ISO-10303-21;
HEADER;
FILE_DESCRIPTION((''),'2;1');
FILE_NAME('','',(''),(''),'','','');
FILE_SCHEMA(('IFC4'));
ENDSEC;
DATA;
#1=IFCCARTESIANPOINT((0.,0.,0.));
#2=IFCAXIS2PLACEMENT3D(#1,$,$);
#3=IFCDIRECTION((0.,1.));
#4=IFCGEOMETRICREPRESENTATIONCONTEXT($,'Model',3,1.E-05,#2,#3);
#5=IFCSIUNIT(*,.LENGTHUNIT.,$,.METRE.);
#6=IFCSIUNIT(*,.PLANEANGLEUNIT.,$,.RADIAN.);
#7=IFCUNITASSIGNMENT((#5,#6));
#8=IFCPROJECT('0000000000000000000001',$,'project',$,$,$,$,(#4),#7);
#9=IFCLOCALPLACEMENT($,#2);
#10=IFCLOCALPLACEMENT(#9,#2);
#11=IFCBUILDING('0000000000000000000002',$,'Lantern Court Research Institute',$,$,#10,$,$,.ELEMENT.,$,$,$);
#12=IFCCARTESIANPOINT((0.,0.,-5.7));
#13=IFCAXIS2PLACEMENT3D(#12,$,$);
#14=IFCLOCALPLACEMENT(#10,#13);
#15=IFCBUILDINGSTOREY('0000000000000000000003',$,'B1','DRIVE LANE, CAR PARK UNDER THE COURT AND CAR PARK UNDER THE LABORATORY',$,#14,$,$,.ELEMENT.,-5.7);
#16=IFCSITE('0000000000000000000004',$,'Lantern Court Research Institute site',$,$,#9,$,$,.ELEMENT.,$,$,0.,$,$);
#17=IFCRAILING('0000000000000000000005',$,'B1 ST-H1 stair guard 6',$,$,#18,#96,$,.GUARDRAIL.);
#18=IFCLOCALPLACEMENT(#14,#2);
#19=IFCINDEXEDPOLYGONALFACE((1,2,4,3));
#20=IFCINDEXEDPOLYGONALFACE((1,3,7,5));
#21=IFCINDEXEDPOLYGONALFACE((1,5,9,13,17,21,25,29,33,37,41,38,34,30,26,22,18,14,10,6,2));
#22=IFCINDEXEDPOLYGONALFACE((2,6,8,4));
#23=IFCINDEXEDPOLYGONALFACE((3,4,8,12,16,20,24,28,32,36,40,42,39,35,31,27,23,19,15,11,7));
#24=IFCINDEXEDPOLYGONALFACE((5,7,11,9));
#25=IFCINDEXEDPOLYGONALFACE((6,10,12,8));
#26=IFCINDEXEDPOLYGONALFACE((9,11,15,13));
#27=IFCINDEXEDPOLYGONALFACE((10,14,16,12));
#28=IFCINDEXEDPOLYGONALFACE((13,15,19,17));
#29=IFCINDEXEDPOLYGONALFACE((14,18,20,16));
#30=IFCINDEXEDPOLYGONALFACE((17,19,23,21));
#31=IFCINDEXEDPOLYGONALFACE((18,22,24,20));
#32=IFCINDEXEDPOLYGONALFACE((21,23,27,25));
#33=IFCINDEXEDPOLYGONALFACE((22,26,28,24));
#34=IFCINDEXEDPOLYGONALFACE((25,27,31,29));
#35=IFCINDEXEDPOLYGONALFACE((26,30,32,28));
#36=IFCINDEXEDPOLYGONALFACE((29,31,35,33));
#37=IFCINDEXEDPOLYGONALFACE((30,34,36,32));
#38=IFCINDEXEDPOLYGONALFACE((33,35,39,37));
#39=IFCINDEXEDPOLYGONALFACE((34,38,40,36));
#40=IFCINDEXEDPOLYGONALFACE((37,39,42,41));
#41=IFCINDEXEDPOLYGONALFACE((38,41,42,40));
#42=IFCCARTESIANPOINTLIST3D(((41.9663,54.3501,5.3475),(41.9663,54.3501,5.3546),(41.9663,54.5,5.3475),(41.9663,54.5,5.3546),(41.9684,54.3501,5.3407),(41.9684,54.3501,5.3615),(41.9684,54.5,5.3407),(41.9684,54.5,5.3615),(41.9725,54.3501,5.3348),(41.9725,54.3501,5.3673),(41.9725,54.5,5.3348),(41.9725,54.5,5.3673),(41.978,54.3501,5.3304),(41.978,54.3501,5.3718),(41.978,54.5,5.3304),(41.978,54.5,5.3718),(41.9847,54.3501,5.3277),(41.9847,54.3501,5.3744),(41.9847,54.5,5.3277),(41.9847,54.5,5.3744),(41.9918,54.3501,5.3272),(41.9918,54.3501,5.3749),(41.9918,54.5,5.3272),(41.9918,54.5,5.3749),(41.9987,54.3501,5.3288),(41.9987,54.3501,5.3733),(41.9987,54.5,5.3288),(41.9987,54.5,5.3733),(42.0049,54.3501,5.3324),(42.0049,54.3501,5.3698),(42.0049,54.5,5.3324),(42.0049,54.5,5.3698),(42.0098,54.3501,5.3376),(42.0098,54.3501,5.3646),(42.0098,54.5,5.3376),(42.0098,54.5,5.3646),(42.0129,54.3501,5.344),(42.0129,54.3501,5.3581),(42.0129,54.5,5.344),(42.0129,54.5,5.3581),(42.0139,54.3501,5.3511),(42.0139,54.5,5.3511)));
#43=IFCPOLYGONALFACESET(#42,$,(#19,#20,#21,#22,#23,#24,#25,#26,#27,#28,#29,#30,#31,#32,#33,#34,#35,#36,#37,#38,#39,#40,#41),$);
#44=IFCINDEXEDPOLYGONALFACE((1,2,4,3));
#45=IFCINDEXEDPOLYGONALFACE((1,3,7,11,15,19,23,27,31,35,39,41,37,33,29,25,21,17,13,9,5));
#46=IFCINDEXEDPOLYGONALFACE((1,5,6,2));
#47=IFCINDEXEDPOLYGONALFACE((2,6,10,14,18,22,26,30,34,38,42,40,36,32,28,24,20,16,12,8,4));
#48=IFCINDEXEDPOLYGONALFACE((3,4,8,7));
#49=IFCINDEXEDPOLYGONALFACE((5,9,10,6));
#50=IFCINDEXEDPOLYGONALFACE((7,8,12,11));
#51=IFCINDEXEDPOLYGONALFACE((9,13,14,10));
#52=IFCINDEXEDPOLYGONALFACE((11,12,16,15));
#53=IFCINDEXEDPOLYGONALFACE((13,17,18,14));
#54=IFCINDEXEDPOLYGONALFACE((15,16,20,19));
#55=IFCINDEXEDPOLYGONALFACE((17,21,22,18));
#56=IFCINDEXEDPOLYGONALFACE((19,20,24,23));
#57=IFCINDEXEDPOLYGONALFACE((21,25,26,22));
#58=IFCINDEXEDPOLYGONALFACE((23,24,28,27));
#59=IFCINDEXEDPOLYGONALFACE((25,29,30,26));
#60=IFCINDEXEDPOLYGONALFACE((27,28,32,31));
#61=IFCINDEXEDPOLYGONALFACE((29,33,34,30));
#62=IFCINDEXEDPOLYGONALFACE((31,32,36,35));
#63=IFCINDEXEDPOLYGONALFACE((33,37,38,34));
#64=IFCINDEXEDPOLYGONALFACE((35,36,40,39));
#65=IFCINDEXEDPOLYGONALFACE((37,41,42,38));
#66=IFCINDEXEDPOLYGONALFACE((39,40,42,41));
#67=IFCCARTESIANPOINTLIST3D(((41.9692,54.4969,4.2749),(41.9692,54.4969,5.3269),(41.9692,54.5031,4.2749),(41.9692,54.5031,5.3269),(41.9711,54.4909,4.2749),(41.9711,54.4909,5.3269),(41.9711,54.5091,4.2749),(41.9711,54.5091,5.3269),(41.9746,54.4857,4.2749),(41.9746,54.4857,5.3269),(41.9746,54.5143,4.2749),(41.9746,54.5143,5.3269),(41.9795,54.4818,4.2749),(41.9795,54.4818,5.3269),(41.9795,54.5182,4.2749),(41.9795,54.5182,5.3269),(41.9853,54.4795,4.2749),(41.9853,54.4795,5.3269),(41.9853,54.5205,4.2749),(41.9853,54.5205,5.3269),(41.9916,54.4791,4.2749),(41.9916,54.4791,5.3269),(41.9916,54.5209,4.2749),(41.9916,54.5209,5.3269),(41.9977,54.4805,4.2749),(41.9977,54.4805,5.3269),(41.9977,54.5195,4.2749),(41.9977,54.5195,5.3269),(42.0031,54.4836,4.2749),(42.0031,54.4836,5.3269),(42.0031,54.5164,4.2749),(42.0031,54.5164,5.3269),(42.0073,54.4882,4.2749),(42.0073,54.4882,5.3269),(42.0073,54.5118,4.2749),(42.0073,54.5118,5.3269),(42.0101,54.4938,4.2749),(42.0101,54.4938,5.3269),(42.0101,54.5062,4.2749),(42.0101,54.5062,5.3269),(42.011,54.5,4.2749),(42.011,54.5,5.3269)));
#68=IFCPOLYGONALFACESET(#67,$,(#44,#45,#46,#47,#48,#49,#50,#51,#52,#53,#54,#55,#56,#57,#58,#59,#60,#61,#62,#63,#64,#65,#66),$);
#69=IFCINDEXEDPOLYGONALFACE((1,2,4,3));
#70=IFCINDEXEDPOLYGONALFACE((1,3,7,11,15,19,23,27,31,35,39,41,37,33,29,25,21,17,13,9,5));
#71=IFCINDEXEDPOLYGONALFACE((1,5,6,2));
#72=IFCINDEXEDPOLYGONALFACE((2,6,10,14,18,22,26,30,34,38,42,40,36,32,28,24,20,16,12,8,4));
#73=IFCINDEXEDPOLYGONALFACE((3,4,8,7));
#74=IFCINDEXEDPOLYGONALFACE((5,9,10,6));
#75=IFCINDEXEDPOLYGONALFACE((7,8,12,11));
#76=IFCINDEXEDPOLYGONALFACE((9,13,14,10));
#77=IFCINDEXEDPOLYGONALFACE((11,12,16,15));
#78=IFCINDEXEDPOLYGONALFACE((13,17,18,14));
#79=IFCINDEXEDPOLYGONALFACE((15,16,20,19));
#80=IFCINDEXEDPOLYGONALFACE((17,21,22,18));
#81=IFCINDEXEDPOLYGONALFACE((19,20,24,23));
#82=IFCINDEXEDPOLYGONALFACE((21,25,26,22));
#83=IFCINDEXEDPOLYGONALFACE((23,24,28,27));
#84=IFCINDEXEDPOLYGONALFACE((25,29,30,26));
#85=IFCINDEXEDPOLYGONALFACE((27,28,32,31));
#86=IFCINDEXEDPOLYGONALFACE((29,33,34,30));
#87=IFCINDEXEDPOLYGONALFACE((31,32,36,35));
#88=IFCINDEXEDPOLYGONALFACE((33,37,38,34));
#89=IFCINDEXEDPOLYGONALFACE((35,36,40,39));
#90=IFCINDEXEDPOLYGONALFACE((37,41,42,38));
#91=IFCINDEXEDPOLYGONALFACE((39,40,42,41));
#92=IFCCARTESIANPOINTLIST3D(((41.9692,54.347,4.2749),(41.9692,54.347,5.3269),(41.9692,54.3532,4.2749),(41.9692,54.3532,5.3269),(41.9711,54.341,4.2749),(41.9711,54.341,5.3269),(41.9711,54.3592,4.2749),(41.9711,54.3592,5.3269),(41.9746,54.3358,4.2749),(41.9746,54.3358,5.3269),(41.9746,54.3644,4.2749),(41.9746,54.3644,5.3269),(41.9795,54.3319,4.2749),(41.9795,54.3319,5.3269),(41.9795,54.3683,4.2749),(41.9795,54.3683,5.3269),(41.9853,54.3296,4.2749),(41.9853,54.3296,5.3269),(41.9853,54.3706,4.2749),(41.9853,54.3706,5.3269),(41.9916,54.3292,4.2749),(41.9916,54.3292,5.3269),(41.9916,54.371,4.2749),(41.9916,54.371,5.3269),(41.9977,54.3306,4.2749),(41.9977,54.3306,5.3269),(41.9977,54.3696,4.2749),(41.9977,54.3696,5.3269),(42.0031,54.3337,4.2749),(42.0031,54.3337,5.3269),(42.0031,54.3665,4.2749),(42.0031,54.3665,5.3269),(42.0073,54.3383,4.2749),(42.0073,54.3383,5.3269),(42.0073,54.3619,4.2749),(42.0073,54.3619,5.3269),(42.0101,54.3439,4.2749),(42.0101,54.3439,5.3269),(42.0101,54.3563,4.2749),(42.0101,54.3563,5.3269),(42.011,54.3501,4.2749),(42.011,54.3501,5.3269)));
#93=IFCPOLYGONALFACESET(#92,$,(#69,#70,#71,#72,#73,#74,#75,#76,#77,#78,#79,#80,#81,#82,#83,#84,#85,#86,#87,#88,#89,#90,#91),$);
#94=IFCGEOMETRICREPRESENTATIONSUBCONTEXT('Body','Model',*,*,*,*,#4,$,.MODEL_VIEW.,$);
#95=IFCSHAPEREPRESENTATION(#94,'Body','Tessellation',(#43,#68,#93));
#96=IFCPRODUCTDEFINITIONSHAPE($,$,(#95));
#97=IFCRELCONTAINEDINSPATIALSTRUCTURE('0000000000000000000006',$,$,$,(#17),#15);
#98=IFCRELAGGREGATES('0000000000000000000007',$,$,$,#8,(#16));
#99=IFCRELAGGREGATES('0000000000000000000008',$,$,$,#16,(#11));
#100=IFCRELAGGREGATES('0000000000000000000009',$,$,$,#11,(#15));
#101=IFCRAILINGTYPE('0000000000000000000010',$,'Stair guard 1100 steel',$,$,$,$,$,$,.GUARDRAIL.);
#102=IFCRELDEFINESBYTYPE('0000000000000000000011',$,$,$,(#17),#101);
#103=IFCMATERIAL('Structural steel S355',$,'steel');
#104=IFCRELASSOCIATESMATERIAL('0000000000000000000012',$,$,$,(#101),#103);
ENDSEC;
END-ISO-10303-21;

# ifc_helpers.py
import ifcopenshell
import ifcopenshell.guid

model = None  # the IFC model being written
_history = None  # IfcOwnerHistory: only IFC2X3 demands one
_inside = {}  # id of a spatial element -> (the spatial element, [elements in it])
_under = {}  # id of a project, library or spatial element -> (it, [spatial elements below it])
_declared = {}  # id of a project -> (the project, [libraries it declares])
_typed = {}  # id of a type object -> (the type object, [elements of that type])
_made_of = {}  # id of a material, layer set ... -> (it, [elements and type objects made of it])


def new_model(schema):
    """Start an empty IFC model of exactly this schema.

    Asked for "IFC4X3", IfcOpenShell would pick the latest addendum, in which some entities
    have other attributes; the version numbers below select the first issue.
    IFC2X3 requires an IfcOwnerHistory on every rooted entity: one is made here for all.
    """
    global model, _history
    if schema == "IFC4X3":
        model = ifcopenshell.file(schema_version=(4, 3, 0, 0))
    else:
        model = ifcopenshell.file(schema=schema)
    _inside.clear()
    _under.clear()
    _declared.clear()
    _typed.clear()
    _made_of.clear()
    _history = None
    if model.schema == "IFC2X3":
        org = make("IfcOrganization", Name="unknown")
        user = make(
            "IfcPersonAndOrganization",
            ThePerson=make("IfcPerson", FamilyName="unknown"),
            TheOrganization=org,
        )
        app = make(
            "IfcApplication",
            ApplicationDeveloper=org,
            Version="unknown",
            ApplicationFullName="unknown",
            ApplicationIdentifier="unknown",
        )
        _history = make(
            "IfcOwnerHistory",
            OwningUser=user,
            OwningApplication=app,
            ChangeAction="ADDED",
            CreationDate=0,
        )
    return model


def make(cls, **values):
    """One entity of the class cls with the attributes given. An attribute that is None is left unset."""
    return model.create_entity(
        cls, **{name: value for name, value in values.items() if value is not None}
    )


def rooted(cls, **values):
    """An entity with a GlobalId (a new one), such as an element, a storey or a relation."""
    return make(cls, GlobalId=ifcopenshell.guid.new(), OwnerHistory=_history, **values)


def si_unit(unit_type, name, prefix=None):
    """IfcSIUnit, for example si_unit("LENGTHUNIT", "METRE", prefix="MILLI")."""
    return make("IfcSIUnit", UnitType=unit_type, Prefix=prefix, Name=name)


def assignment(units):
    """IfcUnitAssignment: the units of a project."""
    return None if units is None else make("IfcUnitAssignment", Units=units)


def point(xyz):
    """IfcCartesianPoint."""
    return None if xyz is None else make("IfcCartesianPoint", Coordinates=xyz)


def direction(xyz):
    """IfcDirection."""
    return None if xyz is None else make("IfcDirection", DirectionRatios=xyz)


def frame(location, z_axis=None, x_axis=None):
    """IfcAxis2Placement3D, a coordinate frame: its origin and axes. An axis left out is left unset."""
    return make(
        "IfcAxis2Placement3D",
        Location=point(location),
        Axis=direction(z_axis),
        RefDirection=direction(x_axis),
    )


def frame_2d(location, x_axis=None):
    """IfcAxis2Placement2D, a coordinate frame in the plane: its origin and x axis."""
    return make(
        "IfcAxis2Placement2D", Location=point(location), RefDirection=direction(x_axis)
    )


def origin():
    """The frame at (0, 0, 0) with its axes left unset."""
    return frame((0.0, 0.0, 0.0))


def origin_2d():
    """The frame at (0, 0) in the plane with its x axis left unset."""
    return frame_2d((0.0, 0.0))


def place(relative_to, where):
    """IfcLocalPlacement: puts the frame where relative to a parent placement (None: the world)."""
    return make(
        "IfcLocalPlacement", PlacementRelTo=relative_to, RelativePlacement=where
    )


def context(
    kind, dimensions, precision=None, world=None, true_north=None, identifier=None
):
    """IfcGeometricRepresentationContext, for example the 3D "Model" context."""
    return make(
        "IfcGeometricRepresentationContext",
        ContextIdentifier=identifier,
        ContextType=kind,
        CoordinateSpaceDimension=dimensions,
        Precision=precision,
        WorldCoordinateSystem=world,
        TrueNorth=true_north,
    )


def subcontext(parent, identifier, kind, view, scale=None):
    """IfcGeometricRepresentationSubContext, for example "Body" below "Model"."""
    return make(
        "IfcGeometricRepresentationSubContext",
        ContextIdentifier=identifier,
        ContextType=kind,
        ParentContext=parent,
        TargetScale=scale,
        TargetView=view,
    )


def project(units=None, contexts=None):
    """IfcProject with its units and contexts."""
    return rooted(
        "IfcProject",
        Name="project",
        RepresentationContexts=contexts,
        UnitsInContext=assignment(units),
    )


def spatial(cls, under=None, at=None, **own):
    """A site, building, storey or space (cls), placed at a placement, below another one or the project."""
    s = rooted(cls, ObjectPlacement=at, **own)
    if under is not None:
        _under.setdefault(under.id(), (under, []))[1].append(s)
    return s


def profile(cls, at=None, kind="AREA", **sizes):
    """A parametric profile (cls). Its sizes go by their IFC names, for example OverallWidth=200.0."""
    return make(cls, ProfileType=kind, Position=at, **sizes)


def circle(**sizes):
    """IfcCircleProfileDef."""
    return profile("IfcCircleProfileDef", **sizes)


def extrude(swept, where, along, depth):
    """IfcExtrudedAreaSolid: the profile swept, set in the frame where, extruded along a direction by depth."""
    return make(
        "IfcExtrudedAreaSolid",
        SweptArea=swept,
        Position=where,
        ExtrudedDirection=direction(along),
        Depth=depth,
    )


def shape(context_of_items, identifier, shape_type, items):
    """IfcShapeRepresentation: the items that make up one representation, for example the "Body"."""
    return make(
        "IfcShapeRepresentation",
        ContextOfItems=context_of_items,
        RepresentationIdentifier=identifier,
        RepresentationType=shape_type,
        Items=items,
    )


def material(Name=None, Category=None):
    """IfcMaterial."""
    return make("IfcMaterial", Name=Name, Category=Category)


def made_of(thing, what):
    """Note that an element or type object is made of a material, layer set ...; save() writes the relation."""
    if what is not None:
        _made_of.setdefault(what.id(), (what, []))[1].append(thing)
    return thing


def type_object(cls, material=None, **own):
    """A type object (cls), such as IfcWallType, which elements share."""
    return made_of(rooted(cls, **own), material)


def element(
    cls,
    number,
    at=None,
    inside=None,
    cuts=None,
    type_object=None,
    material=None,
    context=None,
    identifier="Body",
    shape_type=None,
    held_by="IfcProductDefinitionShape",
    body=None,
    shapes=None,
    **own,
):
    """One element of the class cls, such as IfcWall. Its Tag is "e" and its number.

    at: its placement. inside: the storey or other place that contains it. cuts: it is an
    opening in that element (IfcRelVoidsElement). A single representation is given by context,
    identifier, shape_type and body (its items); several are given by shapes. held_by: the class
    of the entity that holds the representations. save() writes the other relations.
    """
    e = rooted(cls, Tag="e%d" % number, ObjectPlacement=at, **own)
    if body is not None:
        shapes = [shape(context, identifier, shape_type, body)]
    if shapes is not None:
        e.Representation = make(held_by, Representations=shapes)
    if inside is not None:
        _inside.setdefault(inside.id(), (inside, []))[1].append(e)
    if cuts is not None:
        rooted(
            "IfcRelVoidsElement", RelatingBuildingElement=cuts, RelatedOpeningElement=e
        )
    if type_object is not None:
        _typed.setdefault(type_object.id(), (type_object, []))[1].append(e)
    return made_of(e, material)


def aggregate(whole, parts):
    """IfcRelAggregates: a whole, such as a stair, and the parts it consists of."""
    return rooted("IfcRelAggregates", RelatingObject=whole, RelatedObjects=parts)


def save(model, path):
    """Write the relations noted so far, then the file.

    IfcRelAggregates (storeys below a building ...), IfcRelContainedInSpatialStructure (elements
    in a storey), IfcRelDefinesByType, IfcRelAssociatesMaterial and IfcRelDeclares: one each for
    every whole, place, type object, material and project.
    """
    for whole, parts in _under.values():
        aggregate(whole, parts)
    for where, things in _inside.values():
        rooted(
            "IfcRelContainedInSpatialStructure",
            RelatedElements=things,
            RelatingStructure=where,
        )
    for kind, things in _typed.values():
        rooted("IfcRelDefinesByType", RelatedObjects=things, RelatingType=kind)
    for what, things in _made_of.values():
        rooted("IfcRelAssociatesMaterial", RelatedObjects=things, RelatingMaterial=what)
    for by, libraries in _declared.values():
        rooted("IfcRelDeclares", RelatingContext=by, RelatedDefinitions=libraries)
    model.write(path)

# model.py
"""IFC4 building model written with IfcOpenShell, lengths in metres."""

from ifc_helpers import new_model, si_unit, direction, frame, origin, origin_2d, place, context, subcontext, project, spatial, circle, extrude, material, type_object, element, save


model = new_model("IFC4")

# Units and contexts
model_context = context("Model", 3, precision=1e-05, world=origin(), true_north=direction((0.0, 1.0)))
body_context = subcontext(model_context, "Body", "Model", "MODEL_VIEW")
ifc_project = project(units=[si_unit("LENGTHUNIT", "METRE"), si_unit("PLANEANGLEUNIT", "RADIAN")], contexts=[model_context])

# Site, building, storey
site_placement = place(None, origin())
site = spatial("IfcSite", under=ifc_project, at=site_placement, Name="Lantern Court Research Institute site", CompositionType="ELEMENT", RefElevation=0.0)
building_placement = place(site_placement, origin())
building = spatial("IfcBuilding", under=site, at=building_placement, Name="Lantern Court Research Institute", CompositionType="ELEMENT")
storey_placement = place(building_placement, frame((0.0, 0.0, -5.7)))
storey = spatial("IfcBuildingStorey", under=building, at=storey_placement, Name="B1", Description="DRIVE LANE, CAR PARK UNDER THE COURT AND CAR PARK UNDER THE LABORATORY", CompositionType="ELEMENT", Elevation=-5.7)

# Railing
ifc_material_1 = material(Name="Structural steel S355", Category="steel")
railing_type_1 = type_object("IfcRailingType", Name="Stair guard 1100 steel", PredefinedType="GUARDRAIL", material=ifc_material_1)
railing_1_placement = place(storey_placement, frame((41.99, 54.5, 4.2749)))
element("IfcRailing", 1, at=railing_1_placement, inside=storey, type_object=railing_type_1, Name="B1 ST-H1 stair guard 6", PredefinedType="GUARDRAIL", context=body_context, shape_type="SweptSolid", body=[
    extrude(circle(Radius=0.0239, at=origin_2d()), frame((0.0, 0.0, 1.0762), z_axis=(0.0, -1.0, 0.0), x_axis=(1.0, 0.0, 0.0)), (0.0, 0.0, 1.0), 0.1499),
    extrude(circle(Radius=0.021, at=origin_2d()), origin(), (0.0, 0.0, 1.0), 1.052),
    extrude(circle(Radius=0.021, at=origin_2d()), frame((0.0, -0.1499, 0.0)), (0.0, 0.0, 1.0), 1.052),
])

save(model, "model.ifc")
